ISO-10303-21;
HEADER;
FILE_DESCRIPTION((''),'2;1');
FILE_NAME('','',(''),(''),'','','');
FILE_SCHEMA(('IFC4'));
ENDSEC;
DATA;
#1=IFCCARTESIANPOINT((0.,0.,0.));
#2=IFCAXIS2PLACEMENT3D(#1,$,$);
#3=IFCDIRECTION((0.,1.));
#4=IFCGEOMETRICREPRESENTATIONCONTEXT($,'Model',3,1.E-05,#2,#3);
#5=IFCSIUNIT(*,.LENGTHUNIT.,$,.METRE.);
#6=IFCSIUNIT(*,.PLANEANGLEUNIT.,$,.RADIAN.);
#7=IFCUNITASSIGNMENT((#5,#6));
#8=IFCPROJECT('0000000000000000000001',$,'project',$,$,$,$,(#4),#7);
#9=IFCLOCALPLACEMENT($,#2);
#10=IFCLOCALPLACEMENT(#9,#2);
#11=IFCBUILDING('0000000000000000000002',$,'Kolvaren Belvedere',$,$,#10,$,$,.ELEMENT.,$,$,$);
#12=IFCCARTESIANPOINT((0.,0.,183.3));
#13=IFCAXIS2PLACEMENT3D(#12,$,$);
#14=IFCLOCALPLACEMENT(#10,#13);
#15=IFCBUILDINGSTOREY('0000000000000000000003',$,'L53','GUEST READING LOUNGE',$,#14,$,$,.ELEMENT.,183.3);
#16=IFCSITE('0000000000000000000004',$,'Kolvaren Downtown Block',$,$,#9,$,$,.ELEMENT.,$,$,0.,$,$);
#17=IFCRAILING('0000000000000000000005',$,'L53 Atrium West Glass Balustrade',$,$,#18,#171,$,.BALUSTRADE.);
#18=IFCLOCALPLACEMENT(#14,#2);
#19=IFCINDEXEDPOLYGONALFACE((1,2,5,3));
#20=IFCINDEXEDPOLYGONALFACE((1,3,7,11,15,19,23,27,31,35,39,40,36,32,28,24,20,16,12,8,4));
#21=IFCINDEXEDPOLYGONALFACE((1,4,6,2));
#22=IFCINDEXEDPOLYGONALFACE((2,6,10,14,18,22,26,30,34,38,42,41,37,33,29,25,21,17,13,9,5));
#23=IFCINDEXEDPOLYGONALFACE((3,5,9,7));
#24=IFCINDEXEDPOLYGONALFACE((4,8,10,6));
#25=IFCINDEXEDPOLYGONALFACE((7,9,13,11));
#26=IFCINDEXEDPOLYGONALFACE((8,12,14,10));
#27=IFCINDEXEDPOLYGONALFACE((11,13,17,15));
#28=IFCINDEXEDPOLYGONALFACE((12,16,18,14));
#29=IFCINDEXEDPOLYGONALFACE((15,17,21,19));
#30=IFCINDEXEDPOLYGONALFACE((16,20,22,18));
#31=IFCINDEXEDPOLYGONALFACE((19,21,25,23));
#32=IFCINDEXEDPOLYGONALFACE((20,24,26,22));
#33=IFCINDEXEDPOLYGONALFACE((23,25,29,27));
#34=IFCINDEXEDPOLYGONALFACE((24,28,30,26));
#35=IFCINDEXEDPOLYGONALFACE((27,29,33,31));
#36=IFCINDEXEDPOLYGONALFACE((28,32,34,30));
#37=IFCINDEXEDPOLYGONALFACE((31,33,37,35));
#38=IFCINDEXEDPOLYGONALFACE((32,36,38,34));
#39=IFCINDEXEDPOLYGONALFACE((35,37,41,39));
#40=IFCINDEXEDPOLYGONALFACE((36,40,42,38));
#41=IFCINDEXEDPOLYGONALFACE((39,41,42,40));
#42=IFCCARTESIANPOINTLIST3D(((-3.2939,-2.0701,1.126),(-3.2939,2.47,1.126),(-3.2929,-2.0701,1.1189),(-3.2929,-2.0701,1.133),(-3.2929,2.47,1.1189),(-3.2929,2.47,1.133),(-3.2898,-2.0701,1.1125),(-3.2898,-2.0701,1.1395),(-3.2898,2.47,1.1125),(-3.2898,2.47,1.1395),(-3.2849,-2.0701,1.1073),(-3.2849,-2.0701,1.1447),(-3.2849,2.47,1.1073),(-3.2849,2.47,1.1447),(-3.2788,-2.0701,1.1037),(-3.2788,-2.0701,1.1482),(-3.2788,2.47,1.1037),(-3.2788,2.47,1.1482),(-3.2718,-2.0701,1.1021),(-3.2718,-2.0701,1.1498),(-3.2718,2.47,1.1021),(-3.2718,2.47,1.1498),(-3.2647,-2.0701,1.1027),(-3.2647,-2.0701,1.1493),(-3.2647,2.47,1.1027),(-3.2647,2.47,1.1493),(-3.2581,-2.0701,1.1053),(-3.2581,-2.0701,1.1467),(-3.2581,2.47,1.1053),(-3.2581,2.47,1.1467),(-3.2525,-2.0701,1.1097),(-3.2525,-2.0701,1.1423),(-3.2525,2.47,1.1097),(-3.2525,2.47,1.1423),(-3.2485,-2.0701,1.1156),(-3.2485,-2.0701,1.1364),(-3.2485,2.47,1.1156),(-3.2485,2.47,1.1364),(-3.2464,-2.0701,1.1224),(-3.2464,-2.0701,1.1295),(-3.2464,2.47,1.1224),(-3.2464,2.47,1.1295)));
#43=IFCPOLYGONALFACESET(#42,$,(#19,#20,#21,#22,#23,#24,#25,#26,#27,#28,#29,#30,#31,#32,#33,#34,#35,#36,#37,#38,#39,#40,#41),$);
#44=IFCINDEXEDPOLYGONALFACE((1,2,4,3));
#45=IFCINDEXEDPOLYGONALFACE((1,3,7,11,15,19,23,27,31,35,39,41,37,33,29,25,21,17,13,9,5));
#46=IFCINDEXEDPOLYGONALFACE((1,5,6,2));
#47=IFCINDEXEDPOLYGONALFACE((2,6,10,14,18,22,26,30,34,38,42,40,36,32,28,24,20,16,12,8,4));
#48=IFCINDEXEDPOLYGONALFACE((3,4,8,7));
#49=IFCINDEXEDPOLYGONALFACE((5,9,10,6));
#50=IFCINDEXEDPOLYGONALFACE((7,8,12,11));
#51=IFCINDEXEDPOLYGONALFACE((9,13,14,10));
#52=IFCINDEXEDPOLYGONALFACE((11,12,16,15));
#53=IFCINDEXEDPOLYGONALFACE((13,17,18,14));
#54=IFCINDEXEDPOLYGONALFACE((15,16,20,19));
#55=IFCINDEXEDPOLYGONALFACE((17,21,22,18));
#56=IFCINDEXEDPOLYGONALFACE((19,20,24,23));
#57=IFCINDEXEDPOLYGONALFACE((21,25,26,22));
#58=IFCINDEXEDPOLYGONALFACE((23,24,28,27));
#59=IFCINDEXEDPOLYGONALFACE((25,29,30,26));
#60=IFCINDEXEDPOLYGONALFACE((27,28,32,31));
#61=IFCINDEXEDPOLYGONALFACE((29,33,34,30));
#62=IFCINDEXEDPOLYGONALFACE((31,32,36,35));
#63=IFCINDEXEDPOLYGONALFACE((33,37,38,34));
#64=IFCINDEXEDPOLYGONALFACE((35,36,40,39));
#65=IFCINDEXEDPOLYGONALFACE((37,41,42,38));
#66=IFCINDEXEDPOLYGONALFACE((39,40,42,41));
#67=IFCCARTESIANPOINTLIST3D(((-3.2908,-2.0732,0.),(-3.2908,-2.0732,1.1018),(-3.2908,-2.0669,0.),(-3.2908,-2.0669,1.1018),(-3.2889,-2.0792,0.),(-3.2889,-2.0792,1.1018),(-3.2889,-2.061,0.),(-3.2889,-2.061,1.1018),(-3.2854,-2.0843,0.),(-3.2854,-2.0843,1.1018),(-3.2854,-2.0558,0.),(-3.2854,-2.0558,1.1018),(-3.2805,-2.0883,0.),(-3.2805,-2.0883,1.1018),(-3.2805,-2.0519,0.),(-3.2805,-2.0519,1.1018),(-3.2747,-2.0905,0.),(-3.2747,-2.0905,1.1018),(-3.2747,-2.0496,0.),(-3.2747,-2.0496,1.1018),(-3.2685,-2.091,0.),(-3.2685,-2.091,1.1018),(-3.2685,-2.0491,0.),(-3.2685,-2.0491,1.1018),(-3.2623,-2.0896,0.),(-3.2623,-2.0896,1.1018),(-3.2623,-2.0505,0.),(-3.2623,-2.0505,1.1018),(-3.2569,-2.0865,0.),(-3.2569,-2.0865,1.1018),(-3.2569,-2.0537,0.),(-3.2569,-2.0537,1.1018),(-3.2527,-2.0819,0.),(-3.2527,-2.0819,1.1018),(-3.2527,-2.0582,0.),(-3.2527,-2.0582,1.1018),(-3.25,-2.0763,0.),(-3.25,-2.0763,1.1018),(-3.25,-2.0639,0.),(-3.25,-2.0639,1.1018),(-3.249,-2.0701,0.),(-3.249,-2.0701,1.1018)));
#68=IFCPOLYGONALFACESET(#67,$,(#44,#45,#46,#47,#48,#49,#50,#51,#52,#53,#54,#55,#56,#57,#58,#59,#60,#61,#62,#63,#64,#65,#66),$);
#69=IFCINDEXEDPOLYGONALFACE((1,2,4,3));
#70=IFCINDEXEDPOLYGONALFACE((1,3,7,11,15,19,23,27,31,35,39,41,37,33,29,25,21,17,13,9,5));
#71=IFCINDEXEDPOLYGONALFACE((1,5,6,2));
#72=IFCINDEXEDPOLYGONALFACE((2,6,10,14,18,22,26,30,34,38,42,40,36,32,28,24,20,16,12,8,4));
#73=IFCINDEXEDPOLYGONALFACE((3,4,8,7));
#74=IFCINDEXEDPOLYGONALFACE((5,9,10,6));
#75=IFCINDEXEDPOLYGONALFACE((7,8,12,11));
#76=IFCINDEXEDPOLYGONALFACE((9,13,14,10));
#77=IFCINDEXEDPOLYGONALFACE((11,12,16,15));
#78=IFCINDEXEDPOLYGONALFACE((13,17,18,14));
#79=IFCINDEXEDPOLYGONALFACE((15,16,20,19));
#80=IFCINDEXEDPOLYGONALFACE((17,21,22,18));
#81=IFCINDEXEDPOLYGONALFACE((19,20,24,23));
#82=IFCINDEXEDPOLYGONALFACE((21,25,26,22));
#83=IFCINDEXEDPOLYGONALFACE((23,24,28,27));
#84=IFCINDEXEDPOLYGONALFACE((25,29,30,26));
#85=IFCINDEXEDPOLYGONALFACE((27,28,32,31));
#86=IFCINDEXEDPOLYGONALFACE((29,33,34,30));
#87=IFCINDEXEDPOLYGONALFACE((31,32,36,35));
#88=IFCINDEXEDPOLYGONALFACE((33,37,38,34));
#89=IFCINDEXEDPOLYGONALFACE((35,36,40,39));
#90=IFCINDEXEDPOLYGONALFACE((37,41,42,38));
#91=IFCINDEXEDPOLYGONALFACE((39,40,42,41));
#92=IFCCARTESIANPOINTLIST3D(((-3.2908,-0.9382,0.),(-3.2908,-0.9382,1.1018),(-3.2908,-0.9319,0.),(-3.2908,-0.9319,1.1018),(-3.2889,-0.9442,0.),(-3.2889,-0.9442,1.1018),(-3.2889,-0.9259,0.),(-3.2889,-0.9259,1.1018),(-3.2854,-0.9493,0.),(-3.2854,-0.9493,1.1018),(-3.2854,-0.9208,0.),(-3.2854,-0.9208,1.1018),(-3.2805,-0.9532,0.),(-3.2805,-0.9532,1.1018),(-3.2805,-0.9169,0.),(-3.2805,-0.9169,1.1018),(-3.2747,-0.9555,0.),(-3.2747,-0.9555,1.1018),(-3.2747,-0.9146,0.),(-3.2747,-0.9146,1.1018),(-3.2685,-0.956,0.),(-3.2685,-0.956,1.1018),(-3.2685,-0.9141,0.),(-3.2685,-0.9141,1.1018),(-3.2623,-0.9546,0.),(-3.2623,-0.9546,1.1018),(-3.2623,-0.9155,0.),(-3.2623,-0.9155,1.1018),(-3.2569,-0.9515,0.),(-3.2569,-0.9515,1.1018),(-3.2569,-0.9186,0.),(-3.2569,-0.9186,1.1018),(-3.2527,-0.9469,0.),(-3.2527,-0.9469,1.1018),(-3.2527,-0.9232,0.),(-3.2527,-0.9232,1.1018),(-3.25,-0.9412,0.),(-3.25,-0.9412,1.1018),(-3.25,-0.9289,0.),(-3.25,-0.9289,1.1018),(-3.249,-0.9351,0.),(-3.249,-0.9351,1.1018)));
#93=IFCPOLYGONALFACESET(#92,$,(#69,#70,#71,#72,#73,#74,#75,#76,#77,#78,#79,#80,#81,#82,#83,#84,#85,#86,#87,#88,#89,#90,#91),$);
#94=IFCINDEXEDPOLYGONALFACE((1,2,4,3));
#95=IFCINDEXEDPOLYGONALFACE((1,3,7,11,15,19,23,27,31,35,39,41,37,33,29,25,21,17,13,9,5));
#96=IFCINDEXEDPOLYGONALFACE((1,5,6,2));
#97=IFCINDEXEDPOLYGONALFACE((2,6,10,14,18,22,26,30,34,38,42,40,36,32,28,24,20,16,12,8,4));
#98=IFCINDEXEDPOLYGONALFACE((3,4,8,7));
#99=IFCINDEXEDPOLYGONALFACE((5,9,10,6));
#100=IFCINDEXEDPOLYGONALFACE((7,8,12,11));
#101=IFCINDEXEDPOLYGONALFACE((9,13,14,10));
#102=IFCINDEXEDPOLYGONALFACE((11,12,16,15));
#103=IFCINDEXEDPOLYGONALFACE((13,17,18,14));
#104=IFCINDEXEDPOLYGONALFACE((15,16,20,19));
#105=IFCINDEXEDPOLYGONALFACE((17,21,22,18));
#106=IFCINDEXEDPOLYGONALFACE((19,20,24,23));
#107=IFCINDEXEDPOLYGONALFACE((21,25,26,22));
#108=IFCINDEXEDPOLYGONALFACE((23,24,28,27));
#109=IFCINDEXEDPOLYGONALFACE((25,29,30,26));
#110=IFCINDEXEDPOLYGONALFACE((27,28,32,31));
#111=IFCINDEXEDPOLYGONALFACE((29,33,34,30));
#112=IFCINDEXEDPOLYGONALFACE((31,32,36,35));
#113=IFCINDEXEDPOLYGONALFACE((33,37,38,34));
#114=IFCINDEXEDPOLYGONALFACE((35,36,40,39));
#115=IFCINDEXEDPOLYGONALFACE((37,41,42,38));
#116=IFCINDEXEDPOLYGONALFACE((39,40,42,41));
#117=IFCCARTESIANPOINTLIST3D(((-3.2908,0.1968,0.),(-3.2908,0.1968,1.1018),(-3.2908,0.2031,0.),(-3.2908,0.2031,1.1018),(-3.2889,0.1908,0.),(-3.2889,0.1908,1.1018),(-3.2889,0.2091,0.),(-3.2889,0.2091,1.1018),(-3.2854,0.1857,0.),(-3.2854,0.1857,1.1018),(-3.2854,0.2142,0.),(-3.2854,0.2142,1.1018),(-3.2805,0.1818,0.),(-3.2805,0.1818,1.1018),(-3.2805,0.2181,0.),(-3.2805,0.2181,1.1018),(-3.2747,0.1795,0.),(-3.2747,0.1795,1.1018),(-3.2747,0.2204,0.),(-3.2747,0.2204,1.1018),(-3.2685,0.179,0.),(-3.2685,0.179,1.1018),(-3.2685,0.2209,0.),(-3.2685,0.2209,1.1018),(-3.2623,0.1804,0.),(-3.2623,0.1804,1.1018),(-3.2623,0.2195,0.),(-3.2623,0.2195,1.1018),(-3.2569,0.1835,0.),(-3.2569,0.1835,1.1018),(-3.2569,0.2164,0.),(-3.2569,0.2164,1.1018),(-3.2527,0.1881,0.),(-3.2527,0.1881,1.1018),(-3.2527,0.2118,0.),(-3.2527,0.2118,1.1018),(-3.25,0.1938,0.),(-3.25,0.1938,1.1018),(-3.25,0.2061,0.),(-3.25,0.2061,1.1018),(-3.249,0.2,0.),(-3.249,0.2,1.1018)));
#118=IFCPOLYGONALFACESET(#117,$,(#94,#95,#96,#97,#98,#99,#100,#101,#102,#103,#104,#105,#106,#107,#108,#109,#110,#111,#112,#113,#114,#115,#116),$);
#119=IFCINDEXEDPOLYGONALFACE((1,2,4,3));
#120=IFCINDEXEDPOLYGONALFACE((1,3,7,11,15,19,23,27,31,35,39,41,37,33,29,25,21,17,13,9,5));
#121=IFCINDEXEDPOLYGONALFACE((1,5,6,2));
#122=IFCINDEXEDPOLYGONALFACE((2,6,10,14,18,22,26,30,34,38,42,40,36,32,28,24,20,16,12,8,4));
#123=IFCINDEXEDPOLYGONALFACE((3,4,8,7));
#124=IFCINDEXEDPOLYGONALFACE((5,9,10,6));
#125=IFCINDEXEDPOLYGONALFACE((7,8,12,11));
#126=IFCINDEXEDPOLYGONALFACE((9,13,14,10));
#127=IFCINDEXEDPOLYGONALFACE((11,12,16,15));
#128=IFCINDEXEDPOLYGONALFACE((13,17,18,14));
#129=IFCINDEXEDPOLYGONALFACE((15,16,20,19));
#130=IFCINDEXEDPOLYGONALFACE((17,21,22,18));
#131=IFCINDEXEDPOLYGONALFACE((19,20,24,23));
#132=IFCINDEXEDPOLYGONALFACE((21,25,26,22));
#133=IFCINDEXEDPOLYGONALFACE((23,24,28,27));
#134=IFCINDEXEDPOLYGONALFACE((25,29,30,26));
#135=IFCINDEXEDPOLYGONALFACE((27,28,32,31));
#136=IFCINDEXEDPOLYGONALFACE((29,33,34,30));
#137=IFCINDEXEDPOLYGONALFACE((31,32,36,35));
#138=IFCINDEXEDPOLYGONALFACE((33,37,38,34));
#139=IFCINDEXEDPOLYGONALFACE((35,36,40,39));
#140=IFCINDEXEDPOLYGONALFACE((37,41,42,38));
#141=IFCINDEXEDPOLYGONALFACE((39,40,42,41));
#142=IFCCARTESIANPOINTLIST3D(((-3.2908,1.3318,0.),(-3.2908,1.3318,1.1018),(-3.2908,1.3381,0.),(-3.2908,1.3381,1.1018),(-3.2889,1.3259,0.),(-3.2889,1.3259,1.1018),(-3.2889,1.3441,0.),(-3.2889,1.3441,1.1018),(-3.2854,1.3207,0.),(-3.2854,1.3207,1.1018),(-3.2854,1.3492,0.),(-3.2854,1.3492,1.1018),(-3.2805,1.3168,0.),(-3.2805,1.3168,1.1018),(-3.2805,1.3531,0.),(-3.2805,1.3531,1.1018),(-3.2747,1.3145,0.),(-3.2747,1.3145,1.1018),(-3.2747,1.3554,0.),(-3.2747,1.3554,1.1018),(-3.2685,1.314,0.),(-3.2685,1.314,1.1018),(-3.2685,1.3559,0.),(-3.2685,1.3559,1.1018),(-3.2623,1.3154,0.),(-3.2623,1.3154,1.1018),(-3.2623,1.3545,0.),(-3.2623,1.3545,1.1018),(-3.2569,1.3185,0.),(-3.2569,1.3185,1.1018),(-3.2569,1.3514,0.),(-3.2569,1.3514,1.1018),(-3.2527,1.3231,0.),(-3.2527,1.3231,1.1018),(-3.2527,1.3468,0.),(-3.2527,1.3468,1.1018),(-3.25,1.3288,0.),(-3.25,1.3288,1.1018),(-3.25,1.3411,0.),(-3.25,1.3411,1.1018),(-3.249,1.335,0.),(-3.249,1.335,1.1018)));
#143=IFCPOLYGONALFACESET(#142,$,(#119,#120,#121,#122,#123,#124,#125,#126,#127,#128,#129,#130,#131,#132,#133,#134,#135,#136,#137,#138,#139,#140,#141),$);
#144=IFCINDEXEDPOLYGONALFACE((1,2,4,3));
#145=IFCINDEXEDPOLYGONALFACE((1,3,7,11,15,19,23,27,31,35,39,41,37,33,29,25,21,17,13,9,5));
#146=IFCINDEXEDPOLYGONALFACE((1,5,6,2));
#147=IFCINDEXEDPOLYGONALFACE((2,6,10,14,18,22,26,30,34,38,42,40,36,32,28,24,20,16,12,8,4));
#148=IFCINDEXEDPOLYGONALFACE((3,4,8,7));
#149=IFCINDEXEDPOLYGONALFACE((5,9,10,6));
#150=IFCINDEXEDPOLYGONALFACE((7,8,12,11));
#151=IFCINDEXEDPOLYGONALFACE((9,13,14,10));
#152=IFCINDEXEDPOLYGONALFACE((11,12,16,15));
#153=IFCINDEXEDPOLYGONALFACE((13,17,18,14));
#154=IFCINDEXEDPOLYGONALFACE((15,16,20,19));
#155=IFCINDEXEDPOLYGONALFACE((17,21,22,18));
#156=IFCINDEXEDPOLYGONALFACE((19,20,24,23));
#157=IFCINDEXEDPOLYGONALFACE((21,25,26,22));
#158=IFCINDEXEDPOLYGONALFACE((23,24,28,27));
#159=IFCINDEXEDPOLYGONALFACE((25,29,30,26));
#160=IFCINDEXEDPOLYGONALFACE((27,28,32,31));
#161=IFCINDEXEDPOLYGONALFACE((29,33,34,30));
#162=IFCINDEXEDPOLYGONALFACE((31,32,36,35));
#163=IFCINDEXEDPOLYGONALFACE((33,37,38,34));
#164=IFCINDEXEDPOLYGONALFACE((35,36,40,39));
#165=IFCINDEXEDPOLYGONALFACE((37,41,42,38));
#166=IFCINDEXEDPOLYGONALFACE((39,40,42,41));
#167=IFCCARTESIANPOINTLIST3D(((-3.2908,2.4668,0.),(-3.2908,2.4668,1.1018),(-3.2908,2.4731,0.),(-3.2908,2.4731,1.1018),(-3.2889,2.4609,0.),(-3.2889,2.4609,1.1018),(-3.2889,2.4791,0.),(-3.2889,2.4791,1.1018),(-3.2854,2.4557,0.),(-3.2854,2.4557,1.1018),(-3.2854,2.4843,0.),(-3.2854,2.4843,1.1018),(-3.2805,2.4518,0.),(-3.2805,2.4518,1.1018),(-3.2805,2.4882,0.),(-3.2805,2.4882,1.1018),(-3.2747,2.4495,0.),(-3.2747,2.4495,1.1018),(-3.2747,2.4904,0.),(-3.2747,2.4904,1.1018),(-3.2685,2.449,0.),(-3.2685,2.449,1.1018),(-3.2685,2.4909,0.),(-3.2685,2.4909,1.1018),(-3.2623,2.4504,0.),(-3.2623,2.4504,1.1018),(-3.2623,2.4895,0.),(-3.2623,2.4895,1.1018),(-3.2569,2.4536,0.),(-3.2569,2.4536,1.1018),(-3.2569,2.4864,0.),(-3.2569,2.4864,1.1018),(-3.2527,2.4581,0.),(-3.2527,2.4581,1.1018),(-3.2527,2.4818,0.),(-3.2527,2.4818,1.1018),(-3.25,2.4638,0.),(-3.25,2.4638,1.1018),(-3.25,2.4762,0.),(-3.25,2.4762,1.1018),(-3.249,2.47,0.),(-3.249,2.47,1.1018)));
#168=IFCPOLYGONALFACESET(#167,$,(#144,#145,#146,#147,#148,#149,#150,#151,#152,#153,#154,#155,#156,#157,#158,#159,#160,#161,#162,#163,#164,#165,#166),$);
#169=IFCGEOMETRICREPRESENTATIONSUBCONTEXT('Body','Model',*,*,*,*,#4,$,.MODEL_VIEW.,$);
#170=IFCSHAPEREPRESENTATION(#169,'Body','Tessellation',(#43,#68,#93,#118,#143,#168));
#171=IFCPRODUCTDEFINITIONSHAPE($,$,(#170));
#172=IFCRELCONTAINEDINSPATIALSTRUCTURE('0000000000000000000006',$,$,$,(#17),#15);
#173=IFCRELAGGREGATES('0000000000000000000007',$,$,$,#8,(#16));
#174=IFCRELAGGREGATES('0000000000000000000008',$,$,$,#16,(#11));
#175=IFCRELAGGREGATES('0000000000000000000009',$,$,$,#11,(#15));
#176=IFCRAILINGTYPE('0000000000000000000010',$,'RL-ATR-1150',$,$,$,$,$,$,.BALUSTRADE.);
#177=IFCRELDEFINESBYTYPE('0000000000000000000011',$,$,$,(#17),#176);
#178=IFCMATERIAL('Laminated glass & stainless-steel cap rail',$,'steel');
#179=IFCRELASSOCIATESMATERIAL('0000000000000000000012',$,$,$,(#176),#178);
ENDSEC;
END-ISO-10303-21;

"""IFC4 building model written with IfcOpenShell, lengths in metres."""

from ifc_helpers import new_model, si_unit, direction, frame, origin, origin_2d, place, context, subcontext, project, spatial, circle, extrude, material, type_object, element, save


model = new_model("IFC4")

# Units and contexts
model_context = context("Model", 3, precision=1e-05, world=origin(), true_north=direction((0.0, 1.0)))
body_context = subcontext(model_context, "Body", "Model", "MODEL_VIEW")
ifc_project = project(units=[si_unit("LENGTHUNIT", "METRE"), si_unit("PLANEANGLEUNIT", "RADIAN")], contexts=[model_context])

# Site, building, storey
site_placement = place(None, origin())
site = spatial("IfcSite", under=ifc_project, at=site_placement, Name="Kolvaren Downtown Block", CompositionType="ELEMENT", RefElevation=0.0)
building_placement = place(site_placement, origin())
building = spatial("IfcBuilding", under=site, at=building_placement, Name="Kolvaren Belvedere", CompositionType="ELEMENT")
storey_placement = place(building_placement, frame((0.0, 0.0, 183.3)))
storey = spatial("IfcBuildingStorey", under=building, at=storey_placement, Name="L53", Description="GUEST READING LOUNGE", CompositionType="ELEMENT", Elevation=183.3)

# Railing
ifc_material_1 = material(Name="Laminated glass & stainless-steel cap rail", Category="steel")
railing_type_1 = type_object("IfcRailingType", Name="RL-ATR-1150", PredefinedType="BALUSTRADE", material=ifc_material_1)
railing_1_placement = place(storey_placement, frame((-3.27, -2.0701, 0.0)))
element("IfcRailing", 1, at=railing_1_placement, inside=storey, type_object=railing_type_1, Name="L53 Atrium West Glass Balustrade", PredefinedType="BALUSTRADE", context=body_context, shape_type="SweptSolid", body=[
    extrude(circle(Radius=0.0239, at=origin_2d()), frame((0.0, 0.0, 1.126), z_axis=(0.0, 1.0, 0.0), x_axis=(-1.0, 0.0, 0.0)), (0.0, 0.0, 1.0), 4.54),
    extrude(circle(Radius=0.021, at=origin_2d()), origin(), (0.0, 0.0, 1.0), 1.1018),
    extrude(circle(Radius=0.021, at=origin_2d()), frame((0.0, 1.135, 0.0)), (0.0, 0.0, 1.0), 1.1018),
    extrude(circle(Radius=0.021, at=origin_2d()), frame((0.0, 2.27, 0.0)), (0.0, 0.0, 1.0), 1.1018),
    extrude(circle(Radius=0.021, at=origin_2d()), frame((0.0, 3.405, 0.0)), (0.0, 0.0, 1.0), 1.1018),
    extrude(circle(Radius=0.021, at=origin_2d()), frame((0.0, 4.54, 0.0)), (0.0, 0.0, 1.0), 1.1018),
])

save(model, "model.ifc")
